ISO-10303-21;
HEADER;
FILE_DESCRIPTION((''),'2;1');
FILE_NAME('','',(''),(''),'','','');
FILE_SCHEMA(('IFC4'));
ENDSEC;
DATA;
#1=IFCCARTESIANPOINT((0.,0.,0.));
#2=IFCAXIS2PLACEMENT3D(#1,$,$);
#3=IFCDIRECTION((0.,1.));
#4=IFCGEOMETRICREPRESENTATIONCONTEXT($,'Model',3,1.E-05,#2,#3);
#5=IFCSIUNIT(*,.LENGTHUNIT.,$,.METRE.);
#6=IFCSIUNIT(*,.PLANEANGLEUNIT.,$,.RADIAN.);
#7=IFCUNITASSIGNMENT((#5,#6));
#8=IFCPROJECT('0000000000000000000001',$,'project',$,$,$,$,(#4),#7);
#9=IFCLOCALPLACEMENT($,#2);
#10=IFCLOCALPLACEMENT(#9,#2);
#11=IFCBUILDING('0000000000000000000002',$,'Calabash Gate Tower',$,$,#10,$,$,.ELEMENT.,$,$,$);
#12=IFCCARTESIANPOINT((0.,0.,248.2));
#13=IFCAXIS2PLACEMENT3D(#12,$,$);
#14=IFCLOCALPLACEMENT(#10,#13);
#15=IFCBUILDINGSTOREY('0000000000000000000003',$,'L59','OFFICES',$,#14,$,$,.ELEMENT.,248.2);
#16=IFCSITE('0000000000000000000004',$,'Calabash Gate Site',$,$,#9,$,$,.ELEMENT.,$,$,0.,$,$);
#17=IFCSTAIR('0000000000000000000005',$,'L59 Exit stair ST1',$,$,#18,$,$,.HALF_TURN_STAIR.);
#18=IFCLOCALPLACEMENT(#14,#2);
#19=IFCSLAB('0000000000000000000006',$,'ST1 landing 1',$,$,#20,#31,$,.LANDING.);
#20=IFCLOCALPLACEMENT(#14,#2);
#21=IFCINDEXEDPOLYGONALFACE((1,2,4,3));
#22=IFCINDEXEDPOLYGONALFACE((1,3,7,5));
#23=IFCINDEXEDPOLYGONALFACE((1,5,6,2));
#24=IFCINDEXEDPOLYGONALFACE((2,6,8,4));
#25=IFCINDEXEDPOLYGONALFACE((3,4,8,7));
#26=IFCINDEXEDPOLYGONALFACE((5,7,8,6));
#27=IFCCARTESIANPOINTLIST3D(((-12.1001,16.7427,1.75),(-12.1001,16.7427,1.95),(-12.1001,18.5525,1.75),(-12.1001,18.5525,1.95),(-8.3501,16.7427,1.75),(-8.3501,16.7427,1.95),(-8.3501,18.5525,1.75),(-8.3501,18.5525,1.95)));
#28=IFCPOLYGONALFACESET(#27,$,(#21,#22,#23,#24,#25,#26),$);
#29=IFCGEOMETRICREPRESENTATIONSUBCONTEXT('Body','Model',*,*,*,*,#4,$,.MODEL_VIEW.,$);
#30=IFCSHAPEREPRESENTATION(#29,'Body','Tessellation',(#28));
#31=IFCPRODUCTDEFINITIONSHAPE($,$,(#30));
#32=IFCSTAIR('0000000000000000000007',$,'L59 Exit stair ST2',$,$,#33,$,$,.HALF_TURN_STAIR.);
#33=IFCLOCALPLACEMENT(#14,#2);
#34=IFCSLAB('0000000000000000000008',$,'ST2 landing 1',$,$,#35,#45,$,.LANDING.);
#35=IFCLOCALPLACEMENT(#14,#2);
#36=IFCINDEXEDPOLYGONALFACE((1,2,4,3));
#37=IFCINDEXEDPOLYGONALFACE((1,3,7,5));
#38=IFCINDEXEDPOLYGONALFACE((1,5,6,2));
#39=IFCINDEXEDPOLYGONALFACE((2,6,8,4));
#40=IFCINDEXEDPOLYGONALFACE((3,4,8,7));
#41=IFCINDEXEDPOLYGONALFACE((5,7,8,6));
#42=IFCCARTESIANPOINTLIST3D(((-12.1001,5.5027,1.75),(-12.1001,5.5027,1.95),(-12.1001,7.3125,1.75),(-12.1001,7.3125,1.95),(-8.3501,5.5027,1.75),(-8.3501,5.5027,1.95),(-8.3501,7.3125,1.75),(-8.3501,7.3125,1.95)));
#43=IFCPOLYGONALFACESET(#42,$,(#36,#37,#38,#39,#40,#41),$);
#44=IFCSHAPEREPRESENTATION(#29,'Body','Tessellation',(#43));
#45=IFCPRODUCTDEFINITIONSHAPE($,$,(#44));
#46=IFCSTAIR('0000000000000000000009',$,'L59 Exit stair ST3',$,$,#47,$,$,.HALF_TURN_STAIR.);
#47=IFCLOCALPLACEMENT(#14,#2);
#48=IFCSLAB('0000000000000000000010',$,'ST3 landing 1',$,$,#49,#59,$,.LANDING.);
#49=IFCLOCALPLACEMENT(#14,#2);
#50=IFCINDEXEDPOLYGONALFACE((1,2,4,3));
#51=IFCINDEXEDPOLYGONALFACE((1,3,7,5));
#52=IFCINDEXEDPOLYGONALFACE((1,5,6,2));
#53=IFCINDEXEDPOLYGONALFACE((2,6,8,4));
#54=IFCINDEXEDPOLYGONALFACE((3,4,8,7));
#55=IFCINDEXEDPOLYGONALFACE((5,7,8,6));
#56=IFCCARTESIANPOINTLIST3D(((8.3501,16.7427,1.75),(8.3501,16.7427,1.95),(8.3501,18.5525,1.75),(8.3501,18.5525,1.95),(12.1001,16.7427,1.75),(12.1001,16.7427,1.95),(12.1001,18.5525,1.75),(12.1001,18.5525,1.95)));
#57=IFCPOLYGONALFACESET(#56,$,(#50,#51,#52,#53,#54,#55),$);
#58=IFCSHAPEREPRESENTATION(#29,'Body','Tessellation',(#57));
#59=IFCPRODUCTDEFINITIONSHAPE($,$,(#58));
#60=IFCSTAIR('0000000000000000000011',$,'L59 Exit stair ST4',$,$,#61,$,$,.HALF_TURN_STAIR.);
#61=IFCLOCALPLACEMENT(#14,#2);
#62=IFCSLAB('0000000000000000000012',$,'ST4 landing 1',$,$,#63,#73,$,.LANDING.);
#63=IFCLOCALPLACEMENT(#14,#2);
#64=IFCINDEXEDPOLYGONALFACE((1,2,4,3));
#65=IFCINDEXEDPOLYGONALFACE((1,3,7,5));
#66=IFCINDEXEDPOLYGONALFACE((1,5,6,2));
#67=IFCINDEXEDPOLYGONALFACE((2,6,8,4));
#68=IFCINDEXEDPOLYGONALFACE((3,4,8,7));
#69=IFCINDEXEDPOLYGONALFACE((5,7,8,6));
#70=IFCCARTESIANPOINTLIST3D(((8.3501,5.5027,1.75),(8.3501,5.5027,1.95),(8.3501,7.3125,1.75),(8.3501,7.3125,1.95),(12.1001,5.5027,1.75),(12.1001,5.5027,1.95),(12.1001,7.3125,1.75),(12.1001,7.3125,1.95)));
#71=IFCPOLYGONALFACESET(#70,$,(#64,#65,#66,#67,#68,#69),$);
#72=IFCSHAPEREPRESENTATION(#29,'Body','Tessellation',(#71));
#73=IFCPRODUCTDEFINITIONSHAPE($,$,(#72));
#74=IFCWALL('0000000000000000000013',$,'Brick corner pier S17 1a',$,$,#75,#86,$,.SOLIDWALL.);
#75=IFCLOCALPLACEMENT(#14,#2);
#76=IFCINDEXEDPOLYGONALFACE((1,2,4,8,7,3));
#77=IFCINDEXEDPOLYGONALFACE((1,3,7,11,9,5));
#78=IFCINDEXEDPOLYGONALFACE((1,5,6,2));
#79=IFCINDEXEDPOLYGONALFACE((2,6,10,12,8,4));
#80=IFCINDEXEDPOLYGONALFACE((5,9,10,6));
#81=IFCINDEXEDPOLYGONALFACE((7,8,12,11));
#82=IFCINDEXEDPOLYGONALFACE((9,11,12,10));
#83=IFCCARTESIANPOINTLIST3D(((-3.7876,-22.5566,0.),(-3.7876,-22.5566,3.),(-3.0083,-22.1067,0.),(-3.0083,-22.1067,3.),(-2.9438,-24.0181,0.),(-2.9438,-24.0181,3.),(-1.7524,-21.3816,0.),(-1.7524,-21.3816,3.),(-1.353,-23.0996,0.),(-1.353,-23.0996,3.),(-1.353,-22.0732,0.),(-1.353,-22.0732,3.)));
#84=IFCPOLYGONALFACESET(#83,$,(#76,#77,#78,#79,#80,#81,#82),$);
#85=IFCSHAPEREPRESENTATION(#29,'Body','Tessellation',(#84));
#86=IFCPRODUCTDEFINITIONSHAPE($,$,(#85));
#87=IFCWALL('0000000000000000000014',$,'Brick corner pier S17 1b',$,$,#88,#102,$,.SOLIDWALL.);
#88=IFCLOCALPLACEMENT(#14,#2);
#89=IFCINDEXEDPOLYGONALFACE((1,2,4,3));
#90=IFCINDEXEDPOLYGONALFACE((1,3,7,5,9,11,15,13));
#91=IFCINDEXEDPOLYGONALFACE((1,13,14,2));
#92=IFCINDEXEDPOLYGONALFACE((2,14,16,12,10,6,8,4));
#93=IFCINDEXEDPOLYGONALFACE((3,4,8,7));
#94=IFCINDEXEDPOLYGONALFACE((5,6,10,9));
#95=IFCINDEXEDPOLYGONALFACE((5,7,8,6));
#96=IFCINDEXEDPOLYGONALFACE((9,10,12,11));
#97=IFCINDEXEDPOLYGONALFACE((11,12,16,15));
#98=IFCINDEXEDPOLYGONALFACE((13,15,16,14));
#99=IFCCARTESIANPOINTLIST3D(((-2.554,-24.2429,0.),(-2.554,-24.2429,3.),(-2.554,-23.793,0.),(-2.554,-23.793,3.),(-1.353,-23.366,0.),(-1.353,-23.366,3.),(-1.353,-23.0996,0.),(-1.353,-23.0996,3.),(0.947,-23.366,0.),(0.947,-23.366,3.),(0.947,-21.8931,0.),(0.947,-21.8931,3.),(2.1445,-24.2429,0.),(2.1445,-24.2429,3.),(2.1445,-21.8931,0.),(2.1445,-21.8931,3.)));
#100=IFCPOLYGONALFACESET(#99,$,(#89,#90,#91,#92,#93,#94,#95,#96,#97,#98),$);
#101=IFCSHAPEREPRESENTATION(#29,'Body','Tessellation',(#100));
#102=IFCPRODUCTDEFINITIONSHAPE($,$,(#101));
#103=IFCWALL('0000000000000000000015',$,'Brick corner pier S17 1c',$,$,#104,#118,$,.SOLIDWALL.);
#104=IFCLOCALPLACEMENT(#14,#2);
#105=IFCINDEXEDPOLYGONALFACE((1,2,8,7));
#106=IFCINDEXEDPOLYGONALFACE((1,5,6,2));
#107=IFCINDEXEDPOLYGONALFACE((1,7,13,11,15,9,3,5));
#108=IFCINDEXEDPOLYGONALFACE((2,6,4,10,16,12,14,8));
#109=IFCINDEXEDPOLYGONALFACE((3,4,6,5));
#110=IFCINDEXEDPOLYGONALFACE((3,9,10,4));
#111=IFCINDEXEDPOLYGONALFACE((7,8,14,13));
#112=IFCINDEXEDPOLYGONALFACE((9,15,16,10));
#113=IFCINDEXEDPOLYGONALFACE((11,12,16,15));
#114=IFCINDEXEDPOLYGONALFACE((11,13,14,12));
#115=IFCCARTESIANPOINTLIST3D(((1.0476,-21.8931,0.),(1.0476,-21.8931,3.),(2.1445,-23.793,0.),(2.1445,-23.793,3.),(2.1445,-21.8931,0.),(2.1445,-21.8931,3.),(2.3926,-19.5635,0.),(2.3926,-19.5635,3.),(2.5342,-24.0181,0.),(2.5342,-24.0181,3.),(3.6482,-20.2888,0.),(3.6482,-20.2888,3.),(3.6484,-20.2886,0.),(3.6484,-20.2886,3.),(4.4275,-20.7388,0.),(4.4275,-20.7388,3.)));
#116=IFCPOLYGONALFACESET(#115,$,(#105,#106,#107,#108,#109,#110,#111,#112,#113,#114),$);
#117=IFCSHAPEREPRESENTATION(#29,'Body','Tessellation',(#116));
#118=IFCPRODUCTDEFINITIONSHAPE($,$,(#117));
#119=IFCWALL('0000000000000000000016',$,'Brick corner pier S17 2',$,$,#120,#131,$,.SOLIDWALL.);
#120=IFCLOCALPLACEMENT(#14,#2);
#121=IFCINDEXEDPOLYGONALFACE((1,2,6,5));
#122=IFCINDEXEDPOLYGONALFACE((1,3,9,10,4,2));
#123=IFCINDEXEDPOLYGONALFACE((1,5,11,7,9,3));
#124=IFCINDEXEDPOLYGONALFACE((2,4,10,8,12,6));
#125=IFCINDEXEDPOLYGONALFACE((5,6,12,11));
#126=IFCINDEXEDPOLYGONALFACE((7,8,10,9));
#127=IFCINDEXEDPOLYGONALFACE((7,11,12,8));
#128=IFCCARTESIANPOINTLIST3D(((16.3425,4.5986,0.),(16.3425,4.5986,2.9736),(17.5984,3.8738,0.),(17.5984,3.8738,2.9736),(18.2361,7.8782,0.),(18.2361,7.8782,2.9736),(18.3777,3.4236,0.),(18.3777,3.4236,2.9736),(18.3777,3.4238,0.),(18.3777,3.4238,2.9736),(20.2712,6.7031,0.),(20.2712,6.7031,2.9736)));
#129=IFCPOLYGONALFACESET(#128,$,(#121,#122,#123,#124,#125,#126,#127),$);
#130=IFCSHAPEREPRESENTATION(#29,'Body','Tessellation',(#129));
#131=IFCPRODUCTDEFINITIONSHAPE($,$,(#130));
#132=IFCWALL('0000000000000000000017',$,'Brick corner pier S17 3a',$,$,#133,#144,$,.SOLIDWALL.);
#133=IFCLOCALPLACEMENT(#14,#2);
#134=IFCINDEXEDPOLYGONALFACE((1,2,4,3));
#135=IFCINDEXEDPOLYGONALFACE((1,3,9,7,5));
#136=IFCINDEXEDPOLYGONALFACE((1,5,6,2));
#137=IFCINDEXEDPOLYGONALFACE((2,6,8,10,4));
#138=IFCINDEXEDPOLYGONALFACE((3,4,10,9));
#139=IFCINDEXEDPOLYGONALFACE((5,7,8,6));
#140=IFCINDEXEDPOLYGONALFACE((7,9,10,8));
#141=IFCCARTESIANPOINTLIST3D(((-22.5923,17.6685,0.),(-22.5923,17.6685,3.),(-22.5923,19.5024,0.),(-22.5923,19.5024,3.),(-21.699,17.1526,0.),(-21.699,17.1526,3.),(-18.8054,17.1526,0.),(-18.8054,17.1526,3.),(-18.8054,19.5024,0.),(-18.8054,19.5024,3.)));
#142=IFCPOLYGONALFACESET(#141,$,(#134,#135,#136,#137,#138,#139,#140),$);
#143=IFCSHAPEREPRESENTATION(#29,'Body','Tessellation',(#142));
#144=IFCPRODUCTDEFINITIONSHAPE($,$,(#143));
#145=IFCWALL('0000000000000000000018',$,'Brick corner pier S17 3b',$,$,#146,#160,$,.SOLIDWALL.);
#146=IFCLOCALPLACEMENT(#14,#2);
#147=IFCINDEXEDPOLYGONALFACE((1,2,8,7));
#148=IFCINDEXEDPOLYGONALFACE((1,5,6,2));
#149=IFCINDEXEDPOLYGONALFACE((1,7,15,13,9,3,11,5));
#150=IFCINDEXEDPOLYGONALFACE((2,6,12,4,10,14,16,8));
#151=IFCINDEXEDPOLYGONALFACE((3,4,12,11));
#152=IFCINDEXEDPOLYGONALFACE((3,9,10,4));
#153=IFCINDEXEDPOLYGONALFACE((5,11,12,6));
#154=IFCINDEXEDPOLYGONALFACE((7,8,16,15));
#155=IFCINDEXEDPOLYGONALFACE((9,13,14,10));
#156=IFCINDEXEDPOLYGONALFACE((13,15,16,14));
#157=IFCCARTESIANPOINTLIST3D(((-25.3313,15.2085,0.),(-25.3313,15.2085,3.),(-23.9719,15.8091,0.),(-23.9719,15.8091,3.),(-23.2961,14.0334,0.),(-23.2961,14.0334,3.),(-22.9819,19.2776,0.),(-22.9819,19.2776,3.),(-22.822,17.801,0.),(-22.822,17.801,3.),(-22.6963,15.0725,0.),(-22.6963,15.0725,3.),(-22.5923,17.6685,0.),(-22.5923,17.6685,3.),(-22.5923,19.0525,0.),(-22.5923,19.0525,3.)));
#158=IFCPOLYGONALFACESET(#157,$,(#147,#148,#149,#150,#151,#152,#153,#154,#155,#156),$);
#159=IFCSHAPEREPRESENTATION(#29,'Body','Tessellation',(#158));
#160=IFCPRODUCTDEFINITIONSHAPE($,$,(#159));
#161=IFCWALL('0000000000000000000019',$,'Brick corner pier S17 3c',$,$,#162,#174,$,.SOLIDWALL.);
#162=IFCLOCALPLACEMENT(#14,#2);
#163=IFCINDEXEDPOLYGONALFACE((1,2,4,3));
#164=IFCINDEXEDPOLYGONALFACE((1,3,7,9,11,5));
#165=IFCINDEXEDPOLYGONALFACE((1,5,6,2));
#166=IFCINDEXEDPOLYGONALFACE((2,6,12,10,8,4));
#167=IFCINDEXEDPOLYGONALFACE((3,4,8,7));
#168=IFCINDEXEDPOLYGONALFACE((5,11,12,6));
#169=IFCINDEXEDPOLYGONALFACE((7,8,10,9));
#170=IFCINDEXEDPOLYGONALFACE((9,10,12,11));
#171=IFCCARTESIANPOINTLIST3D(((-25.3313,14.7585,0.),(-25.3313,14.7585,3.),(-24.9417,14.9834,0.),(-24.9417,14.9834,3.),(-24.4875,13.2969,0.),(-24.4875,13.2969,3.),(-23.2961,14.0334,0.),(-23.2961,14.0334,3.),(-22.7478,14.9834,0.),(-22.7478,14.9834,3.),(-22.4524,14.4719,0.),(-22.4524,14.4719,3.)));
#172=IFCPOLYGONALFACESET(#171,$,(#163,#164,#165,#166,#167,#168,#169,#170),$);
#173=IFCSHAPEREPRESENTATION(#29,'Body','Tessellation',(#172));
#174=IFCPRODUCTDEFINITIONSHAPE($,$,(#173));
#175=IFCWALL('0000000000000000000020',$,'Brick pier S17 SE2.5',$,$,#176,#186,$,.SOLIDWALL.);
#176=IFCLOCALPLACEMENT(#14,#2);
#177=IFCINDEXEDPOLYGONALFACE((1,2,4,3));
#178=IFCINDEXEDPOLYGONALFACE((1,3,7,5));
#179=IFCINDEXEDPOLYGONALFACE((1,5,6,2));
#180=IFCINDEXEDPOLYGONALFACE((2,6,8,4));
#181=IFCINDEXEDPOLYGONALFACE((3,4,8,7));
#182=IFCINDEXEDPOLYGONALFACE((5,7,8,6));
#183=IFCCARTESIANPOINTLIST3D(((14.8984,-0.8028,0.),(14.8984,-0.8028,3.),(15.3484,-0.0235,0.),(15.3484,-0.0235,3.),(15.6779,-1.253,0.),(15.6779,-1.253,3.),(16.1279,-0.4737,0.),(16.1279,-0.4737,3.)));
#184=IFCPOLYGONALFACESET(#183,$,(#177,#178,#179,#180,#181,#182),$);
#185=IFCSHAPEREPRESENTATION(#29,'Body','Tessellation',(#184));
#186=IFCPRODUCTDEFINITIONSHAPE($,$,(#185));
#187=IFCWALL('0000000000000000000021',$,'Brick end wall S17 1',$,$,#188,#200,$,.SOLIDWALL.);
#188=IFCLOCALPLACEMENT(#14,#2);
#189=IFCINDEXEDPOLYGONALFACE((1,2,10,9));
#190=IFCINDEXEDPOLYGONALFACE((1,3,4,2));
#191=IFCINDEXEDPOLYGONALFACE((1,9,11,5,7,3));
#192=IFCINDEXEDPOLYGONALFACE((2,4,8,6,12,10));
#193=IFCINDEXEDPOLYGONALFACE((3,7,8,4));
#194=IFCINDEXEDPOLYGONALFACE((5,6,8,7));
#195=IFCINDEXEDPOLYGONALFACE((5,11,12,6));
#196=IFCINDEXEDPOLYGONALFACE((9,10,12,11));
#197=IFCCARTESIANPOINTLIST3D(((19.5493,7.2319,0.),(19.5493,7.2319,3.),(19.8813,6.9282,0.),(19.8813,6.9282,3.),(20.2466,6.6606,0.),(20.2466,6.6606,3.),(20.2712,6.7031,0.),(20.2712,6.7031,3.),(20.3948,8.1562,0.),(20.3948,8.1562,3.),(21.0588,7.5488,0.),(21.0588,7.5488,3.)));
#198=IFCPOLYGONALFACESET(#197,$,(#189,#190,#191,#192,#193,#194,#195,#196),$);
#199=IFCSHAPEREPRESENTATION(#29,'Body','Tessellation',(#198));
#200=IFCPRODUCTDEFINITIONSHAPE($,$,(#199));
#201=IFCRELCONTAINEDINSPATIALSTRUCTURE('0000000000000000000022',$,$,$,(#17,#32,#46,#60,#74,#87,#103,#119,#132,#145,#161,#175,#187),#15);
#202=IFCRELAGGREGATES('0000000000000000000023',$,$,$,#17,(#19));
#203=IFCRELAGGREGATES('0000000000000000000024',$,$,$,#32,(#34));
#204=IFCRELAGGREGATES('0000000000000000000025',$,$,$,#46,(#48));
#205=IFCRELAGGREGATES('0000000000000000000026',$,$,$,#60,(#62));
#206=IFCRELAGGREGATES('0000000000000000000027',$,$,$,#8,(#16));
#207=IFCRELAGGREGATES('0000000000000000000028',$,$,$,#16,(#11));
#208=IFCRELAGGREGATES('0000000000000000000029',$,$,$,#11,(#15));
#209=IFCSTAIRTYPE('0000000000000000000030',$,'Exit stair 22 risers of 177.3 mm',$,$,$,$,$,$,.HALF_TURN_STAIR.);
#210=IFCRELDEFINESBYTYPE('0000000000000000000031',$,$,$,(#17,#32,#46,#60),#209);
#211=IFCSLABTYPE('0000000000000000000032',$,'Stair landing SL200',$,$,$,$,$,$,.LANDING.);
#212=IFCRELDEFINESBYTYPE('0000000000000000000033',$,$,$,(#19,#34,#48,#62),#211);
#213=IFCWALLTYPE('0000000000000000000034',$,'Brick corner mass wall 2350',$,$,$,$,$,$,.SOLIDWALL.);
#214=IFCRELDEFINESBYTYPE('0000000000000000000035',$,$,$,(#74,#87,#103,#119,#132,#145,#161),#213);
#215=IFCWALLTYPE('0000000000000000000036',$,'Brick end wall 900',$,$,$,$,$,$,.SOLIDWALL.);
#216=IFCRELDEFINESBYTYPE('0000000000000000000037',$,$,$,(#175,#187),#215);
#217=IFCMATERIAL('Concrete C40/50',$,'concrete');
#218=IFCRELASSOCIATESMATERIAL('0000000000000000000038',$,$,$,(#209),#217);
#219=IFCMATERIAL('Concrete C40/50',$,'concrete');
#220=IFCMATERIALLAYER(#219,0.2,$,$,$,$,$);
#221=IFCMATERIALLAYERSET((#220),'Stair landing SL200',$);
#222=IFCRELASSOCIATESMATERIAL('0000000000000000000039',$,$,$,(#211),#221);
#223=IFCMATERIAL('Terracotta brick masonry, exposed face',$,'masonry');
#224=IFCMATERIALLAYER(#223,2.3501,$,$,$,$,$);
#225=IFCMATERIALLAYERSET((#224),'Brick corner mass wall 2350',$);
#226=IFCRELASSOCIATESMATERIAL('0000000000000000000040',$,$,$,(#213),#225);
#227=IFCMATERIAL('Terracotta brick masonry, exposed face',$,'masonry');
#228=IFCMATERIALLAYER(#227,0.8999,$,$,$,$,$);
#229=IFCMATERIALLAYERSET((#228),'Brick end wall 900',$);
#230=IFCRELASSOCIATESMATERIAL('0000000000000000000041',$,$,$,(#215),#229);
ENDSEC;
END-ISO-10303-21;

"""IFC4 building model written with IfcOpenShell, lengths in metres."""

from ifc_helpers import new_model, si_unit, direction, frame, frame_2d, origin, place, context, subcontext, project, spatial, polyline, rectangle, outline, extrude, material, layer, layer_set, type_object, element, aggregate, save


model = new_model("IFC4")

# Units and contexts
model_context = context("Model", 3, precision=1e-05, world=origin(), true_north=direction((0.0, 1.0)))
body_context = subcontext(model_context, "Body", "Model", "MODEL_VIEW")
ifc_project = project(units=[si_unit("LENGTHUNIT", "METRE"), si_unit("PLANEANGLEUNIT", "RADIAN")], contexts=[model_context])

# Site, building, storey
site_placement = place(None, origin())
site = spatial("IfcSite", under=ifc_project, at=site_placement, Name="Calabash Gate Site", CompositionType="ELEMENT", RefElevation=0.0)
building_placement = place(site_placement, origin())
building = spatial("IfcBuilding", under=site, at=building_placement, Name="Calabash Gate Tower", CompositionType="ELEMENT")
storey_placement = place(building_placement, frame((0.0, 0.0, 248.2)))
storey = spatial("IfcBuildingStorey", under=building, at=storey_placement, Name="L59", Description="OFFICES", CompositionType="ELEMENT", Elevation=248.2)

# Stairs, slabs
ifc_material_1 = material(Name="Concrete C40/50", Category="concrete")
stair_type = type_object("IfcStairType", Name="Exit stair 22 risers of 177.3 mm", PredefinedType="HALF_TURN_STAIR", material=ifc_material_1)
stair_1_placement = place(storey_placement, origin())
stair_1 = element("IfcStair", 1, at=stair_1_placement, inside=storey, type_object=stair_type, Name="L59 Exit stair ST1", PredefinedType="HALF_TURN_STAIR")
ifc_material_2 = material(Name="Concrete C40/50", Category="concrete")
ifc_layer_1 = layer(ifc_material_2, 0.2)
ifc_layer_set_1 = layer_set([ifc_layer_1], Name="Stair landing SL200")
slab_type = type_object("IfcSlabType", Name="Stair landing SL200", PredefinedType="LANDING", material=ifc_layer_set_1)
slab_1_placement = place(storey_placement, frame((0.0, 0.0, 1.75)))
slab_1 = element("IfcSlab", 2, at=slab_1_placement, type_object=slab_type, Name="ST1 landing 1", PredefinedType="LANDING", context=body_context, shape_type="SweptSolid", body=[
    extrude(outline(polyline([(-8.3501, 16.7427), (-8.3501, 18.5525), (-12.1001, 18.5525), (-12.1001, 16.7427), (-8.3501, 16.7427)])), origin(), (0.0, 0.0, 1.0), 0.2),
])
aggregate(stair_1, [slab_1])
stair_2_placement = place(storey_placement, origin())
stair_2 = element("IfcStair", 3, at=stair_2_placement, inside=storey, type_object=stair_type, Name="L59 Exit stair ST2", PredefinedType="HALF_TURN_STAIR")
slab_2_placement = place(storey_placement, frame((0.0, 0.0, 1.75)))
slab_2 = element("IfcSlab", 4, at=slab_2_placement, type_object=slab_type, Name="ST2 landing 1", PredefinedType="LANDING", context=body_context, shape_type="SweptSolid", body=[
    extrude(outline(polyline([(-12.1001, 7.3125), (-12.1001, 5.5027), (-8.3501, 5.5027), (-8.3501, 7.3125), (-12.1001, 7.3125)])), origin(), (0.0, 0.0, 1.0), 0.2),
])
aggregate(stair_2, [slab_2])
stair_3_placement = place(storey_placement, origin())
stair_3 = element("IfcStair", 5, at=stair_3_placement, inside=storey, type_object=stair_type, Name="L59 Exit stair ST3", PredefinedType="HALF_TURN_STAIR")
slab_3_placement = place(storey_placement, frame((0.0, 0.0, 1.75)))
slab_3 = element("IfcSlab", 6, at=slab_3_placement, type_object=slab_type, Name="ST3 landing 1", PredefinedType="LANDING", context=body_context, shape_type="SweptSolid", body=[
    extrude(outline(polyline([(12.1001, 16.7427), (12.1001, 18.5525), (8.3501, 18.5525), (8.3501, 16.7427), (12.1001, 16.7427)])), origin(), (0.0, 0.0, 1.0), 0.2),
])
aggregate(stair_3, [slab_3])
stair_4_placement = place(storey_placement, origin())
stair_4 = element("IfcStair", 7, at=stair_4_placement, inside=storey, type_object=stair_type, Name="L59 Exit stair ST4", PredefinedType="HALF_TURN_STAIR")
slab_4_placement = place(storey_placement, frame((0.0, 0.0, 1.75)))
slab_4 = element("IfcSlab", 8, at=slab_4_placement, type_object=slab_type, Name="ST4 landing 1", PredefinedType="LANDING", context=body_context, shape_type="SweptSolid", body=[
    extrude(outline(polyline([(8.3501, 7.3125), (8.3501, 5.5027), (12.1001, 5.5027), (12.1001, 7.3125), (8.3501, 7.3125)])), origin(), (0.0, 0.0, 1.0), 0.2),
])
aggregate(stair_4, [slab_4])

# Walls
ifc_material_3 = material(Name="Terracotta brick masonry, exposed face", Category="masonry")
ifc_layer_2 = layer(ifc_material_3, 2.3501)
ifc_layer_set_2 = layer_set([ifc_layer_2], Name="Brick corner mass wall 2350")
wall_type_1 = type_object("IfcWallType", Name="Brick corner mass wall 2350", PredefinedType="SOLIDWALL", material=ifc_layer_set_2)
wall_1_placement = place(storey_placement, origin())
element("IfcWall", 9, at=wall_1_placement, inside=storey, type_object=wall_type_1, Name="Brick corner pier S17 1a", PredefinedType="SOLIDWALL", context=body_context, shape_type="SweptSolid", body=[
    extrude(outline(polyline([(-1.353, -22.0732), (-1.7524, -21.3816), (-3.0083, -22.1067), (-3.0083, -22.1067), (-3.7876, -22.5566), (-2.9438, -24.0181), (-1.353, -23.0996), (-1.353, -22.0732)])), origin(), (0.0, 0.0, 1.0), 3.0),
])
wall_2_placement = place(storey_placement, origin())
element("IfcWall", 10, at=wall_2_placement, inside=storey, type_object=wall_type_1, Name="Brick corner pier S17 1b", PredefinedType="SOLIDWALL", context=body_context, shape_type="SweptSolid", body=[
    extrude(outline(polyline([(-1.353, -23.366), (-1.353, -23.0996), (-2.554, -23.793), (-2.554, -24.2429), (2.1445, -24.2429), (2.1445, -21.8931), (0.947, -21.8931), (0.947, -23.366), (-1.353, -23.366)])), origin(), (0.0, 0.0, 1.0), 3.0),
])
wall_3_placement = place(storey_placement, origin())
element("IfcWall", 11, at=wall_3_placement, inside=storey, type_object=wall_type_1, Name="Brick corner pier S17 1c", PredefinedType="SOLIDWALL", context=body_context, shape_type="SweptSolid", body=[
    extrude(outline(polyline([(3.6484, -20.2886), (2.3926, -19.5635), (1.0476, -21.8931), (2.1445, -21.8931), (2.1445, -23.793), (2.5342, -24.0181), (4.4275, -20.7388), (3.6482, -20.2888), (3.6484, -20.2886)])), origin(), (0.0, 0.0, 1.0), 3.0),
])
wall_4_placement = place(storey_placement, origin())
element("IfcWall", 12, at=wall_4_placement, inside=storey, type_object=wall_type_1, Name="Brick corner pier S17 2", PredefinedType="SOLIDWALL", context=body_context, shape_type="SweptSolid", body=[
    extrude(outline(polyline([(18.3777, 3.4238), (18.3777, 3.4236), (18.3777, 3.4236), (20.2712, 6.7031), (18.2361, 7.8782), (16.3425, 4.5986), (17.5984, 3.8738), (17.5984, 3.8738), (18.3777, 3.4238)])), origin(), (0.0, 0.0, 1.0), 2.9736),
])
wall_5_placement = place(storey_placement, origin())
element("IfcWall", 13, at=wall_5_placement, inside=storey, type_object=wall_type_1, Name="Brick corner pier S17 3a", PredefinedType="SOLIDWALL", context=body_context, shape_type="SweptSolid", body=[
    extrude(outline(polyline([(-21.699, 17.1526), (-18.8054, 17.1526), (-18.8054, 19.5024), (-22.5923, 19.5024), (-22.5923, 17.6685), (-21.699, 17.1526)])), origin(), (0.0, 0.0, 1.0), 3.0),
])
wall_6_placement = place(storey_placement, origin())
element("IfcWall", 14, at=wall_6_placement, inside=storey, type_object=wall_type_1, Name="Brick corner pier S17 3b", PredefinedType="SOLIDWALL", context=body_context, shape_type="SweptSolid", body=[
    extrude(outline(polyline([(-22.822, 17.801), (-22.5923, 17.6685), (-22.5923, 19.0525), (-22.9819, 19.2776), (-25.3313, 15.2085), (-23.2961, 14.0334), (-22.6963, 15.0725), (-23.9719, 15.8091), (-22.822, 17.801)])), origin(), (0.0, 0.0, 1.0), 3.0),
])
wall_7_placement = place(storey_placement, origin())
element("IfcWall", 15, at=wall_7_placement, inside=storey, type_object=wall_type_1, Name="Brick corner pier S17 3c", PredefinedType="SOLIDWALL", context=body_context, shape_type="SweptSolid", body=[
    extrude(outline(polyline([(-22.7478, 14.9834), (-23.2961, 14.0334), (-24.9417, 14.9834), (-25.3313, 14.7585), (-24.4875, 13.2969), (-22.4524, 14.4719), (-22.7478, 14.9834)])), origin(), (0.0, 0.0, 1.0), 3.0),
])
ifc_material_4 = material(Name="Terracotta brick masonry, exposed face", Category="masonry")
ifc_layer_3 = layer(ifc_material_4, 0.8999)
ifc_layer_set_3 = layer_set([ifc_layer_3], Name="Brick end wall 900")
wall_type_2 = type_object("IfcWallType", Name="Brick end wall 900", PredefinedType="SOLIDWALL", material=ifc_layer_set_3)
wall_8_placement = place(storey_placement, frame((15.1233, -0.4131, 0.0), z_axis=(0.0, 0.0, 1.0), x_axis=(0.865964, -0.500106, 0.0)))
element("IfcWall", 16, at=wall_8_placement, inside=storey, type_object=wall_type_2, Name="Brick pier S17 SE2.5", PredefinedType="SOLIDWALL", context=body_context, shape_type="SweptSolid", body=[
    extrude(rectangle(XDim=0.9001, YDim=0.8999, at=frame_2d((0.4502, 0.0))), origin(), (0.0, 0.0, 1.0), 3.0),
])
wall_9_placement = place(storey_placement, origin())
element("IfcWall", 17, at=wall_9_placement, inside=storey, type_object=wall_type_2, Name="Brick end wall S17 1", PredefinedType="SOLIDWALL", context=body_context, shape_type="SweptSolid", body=[
    extrude(outline(polyline([(20.3948, 8.1562), (19.5493, 7.2319), (19.8813, 6.9282), (20.2712, 6.7031), (20.2466, 6.6606), (21.0588, 7.5488), (20.3948, 8.1562)])), origin(), (0.0, 0.0, 1.0), 3.0),
])

save(model, "model.ifc")
